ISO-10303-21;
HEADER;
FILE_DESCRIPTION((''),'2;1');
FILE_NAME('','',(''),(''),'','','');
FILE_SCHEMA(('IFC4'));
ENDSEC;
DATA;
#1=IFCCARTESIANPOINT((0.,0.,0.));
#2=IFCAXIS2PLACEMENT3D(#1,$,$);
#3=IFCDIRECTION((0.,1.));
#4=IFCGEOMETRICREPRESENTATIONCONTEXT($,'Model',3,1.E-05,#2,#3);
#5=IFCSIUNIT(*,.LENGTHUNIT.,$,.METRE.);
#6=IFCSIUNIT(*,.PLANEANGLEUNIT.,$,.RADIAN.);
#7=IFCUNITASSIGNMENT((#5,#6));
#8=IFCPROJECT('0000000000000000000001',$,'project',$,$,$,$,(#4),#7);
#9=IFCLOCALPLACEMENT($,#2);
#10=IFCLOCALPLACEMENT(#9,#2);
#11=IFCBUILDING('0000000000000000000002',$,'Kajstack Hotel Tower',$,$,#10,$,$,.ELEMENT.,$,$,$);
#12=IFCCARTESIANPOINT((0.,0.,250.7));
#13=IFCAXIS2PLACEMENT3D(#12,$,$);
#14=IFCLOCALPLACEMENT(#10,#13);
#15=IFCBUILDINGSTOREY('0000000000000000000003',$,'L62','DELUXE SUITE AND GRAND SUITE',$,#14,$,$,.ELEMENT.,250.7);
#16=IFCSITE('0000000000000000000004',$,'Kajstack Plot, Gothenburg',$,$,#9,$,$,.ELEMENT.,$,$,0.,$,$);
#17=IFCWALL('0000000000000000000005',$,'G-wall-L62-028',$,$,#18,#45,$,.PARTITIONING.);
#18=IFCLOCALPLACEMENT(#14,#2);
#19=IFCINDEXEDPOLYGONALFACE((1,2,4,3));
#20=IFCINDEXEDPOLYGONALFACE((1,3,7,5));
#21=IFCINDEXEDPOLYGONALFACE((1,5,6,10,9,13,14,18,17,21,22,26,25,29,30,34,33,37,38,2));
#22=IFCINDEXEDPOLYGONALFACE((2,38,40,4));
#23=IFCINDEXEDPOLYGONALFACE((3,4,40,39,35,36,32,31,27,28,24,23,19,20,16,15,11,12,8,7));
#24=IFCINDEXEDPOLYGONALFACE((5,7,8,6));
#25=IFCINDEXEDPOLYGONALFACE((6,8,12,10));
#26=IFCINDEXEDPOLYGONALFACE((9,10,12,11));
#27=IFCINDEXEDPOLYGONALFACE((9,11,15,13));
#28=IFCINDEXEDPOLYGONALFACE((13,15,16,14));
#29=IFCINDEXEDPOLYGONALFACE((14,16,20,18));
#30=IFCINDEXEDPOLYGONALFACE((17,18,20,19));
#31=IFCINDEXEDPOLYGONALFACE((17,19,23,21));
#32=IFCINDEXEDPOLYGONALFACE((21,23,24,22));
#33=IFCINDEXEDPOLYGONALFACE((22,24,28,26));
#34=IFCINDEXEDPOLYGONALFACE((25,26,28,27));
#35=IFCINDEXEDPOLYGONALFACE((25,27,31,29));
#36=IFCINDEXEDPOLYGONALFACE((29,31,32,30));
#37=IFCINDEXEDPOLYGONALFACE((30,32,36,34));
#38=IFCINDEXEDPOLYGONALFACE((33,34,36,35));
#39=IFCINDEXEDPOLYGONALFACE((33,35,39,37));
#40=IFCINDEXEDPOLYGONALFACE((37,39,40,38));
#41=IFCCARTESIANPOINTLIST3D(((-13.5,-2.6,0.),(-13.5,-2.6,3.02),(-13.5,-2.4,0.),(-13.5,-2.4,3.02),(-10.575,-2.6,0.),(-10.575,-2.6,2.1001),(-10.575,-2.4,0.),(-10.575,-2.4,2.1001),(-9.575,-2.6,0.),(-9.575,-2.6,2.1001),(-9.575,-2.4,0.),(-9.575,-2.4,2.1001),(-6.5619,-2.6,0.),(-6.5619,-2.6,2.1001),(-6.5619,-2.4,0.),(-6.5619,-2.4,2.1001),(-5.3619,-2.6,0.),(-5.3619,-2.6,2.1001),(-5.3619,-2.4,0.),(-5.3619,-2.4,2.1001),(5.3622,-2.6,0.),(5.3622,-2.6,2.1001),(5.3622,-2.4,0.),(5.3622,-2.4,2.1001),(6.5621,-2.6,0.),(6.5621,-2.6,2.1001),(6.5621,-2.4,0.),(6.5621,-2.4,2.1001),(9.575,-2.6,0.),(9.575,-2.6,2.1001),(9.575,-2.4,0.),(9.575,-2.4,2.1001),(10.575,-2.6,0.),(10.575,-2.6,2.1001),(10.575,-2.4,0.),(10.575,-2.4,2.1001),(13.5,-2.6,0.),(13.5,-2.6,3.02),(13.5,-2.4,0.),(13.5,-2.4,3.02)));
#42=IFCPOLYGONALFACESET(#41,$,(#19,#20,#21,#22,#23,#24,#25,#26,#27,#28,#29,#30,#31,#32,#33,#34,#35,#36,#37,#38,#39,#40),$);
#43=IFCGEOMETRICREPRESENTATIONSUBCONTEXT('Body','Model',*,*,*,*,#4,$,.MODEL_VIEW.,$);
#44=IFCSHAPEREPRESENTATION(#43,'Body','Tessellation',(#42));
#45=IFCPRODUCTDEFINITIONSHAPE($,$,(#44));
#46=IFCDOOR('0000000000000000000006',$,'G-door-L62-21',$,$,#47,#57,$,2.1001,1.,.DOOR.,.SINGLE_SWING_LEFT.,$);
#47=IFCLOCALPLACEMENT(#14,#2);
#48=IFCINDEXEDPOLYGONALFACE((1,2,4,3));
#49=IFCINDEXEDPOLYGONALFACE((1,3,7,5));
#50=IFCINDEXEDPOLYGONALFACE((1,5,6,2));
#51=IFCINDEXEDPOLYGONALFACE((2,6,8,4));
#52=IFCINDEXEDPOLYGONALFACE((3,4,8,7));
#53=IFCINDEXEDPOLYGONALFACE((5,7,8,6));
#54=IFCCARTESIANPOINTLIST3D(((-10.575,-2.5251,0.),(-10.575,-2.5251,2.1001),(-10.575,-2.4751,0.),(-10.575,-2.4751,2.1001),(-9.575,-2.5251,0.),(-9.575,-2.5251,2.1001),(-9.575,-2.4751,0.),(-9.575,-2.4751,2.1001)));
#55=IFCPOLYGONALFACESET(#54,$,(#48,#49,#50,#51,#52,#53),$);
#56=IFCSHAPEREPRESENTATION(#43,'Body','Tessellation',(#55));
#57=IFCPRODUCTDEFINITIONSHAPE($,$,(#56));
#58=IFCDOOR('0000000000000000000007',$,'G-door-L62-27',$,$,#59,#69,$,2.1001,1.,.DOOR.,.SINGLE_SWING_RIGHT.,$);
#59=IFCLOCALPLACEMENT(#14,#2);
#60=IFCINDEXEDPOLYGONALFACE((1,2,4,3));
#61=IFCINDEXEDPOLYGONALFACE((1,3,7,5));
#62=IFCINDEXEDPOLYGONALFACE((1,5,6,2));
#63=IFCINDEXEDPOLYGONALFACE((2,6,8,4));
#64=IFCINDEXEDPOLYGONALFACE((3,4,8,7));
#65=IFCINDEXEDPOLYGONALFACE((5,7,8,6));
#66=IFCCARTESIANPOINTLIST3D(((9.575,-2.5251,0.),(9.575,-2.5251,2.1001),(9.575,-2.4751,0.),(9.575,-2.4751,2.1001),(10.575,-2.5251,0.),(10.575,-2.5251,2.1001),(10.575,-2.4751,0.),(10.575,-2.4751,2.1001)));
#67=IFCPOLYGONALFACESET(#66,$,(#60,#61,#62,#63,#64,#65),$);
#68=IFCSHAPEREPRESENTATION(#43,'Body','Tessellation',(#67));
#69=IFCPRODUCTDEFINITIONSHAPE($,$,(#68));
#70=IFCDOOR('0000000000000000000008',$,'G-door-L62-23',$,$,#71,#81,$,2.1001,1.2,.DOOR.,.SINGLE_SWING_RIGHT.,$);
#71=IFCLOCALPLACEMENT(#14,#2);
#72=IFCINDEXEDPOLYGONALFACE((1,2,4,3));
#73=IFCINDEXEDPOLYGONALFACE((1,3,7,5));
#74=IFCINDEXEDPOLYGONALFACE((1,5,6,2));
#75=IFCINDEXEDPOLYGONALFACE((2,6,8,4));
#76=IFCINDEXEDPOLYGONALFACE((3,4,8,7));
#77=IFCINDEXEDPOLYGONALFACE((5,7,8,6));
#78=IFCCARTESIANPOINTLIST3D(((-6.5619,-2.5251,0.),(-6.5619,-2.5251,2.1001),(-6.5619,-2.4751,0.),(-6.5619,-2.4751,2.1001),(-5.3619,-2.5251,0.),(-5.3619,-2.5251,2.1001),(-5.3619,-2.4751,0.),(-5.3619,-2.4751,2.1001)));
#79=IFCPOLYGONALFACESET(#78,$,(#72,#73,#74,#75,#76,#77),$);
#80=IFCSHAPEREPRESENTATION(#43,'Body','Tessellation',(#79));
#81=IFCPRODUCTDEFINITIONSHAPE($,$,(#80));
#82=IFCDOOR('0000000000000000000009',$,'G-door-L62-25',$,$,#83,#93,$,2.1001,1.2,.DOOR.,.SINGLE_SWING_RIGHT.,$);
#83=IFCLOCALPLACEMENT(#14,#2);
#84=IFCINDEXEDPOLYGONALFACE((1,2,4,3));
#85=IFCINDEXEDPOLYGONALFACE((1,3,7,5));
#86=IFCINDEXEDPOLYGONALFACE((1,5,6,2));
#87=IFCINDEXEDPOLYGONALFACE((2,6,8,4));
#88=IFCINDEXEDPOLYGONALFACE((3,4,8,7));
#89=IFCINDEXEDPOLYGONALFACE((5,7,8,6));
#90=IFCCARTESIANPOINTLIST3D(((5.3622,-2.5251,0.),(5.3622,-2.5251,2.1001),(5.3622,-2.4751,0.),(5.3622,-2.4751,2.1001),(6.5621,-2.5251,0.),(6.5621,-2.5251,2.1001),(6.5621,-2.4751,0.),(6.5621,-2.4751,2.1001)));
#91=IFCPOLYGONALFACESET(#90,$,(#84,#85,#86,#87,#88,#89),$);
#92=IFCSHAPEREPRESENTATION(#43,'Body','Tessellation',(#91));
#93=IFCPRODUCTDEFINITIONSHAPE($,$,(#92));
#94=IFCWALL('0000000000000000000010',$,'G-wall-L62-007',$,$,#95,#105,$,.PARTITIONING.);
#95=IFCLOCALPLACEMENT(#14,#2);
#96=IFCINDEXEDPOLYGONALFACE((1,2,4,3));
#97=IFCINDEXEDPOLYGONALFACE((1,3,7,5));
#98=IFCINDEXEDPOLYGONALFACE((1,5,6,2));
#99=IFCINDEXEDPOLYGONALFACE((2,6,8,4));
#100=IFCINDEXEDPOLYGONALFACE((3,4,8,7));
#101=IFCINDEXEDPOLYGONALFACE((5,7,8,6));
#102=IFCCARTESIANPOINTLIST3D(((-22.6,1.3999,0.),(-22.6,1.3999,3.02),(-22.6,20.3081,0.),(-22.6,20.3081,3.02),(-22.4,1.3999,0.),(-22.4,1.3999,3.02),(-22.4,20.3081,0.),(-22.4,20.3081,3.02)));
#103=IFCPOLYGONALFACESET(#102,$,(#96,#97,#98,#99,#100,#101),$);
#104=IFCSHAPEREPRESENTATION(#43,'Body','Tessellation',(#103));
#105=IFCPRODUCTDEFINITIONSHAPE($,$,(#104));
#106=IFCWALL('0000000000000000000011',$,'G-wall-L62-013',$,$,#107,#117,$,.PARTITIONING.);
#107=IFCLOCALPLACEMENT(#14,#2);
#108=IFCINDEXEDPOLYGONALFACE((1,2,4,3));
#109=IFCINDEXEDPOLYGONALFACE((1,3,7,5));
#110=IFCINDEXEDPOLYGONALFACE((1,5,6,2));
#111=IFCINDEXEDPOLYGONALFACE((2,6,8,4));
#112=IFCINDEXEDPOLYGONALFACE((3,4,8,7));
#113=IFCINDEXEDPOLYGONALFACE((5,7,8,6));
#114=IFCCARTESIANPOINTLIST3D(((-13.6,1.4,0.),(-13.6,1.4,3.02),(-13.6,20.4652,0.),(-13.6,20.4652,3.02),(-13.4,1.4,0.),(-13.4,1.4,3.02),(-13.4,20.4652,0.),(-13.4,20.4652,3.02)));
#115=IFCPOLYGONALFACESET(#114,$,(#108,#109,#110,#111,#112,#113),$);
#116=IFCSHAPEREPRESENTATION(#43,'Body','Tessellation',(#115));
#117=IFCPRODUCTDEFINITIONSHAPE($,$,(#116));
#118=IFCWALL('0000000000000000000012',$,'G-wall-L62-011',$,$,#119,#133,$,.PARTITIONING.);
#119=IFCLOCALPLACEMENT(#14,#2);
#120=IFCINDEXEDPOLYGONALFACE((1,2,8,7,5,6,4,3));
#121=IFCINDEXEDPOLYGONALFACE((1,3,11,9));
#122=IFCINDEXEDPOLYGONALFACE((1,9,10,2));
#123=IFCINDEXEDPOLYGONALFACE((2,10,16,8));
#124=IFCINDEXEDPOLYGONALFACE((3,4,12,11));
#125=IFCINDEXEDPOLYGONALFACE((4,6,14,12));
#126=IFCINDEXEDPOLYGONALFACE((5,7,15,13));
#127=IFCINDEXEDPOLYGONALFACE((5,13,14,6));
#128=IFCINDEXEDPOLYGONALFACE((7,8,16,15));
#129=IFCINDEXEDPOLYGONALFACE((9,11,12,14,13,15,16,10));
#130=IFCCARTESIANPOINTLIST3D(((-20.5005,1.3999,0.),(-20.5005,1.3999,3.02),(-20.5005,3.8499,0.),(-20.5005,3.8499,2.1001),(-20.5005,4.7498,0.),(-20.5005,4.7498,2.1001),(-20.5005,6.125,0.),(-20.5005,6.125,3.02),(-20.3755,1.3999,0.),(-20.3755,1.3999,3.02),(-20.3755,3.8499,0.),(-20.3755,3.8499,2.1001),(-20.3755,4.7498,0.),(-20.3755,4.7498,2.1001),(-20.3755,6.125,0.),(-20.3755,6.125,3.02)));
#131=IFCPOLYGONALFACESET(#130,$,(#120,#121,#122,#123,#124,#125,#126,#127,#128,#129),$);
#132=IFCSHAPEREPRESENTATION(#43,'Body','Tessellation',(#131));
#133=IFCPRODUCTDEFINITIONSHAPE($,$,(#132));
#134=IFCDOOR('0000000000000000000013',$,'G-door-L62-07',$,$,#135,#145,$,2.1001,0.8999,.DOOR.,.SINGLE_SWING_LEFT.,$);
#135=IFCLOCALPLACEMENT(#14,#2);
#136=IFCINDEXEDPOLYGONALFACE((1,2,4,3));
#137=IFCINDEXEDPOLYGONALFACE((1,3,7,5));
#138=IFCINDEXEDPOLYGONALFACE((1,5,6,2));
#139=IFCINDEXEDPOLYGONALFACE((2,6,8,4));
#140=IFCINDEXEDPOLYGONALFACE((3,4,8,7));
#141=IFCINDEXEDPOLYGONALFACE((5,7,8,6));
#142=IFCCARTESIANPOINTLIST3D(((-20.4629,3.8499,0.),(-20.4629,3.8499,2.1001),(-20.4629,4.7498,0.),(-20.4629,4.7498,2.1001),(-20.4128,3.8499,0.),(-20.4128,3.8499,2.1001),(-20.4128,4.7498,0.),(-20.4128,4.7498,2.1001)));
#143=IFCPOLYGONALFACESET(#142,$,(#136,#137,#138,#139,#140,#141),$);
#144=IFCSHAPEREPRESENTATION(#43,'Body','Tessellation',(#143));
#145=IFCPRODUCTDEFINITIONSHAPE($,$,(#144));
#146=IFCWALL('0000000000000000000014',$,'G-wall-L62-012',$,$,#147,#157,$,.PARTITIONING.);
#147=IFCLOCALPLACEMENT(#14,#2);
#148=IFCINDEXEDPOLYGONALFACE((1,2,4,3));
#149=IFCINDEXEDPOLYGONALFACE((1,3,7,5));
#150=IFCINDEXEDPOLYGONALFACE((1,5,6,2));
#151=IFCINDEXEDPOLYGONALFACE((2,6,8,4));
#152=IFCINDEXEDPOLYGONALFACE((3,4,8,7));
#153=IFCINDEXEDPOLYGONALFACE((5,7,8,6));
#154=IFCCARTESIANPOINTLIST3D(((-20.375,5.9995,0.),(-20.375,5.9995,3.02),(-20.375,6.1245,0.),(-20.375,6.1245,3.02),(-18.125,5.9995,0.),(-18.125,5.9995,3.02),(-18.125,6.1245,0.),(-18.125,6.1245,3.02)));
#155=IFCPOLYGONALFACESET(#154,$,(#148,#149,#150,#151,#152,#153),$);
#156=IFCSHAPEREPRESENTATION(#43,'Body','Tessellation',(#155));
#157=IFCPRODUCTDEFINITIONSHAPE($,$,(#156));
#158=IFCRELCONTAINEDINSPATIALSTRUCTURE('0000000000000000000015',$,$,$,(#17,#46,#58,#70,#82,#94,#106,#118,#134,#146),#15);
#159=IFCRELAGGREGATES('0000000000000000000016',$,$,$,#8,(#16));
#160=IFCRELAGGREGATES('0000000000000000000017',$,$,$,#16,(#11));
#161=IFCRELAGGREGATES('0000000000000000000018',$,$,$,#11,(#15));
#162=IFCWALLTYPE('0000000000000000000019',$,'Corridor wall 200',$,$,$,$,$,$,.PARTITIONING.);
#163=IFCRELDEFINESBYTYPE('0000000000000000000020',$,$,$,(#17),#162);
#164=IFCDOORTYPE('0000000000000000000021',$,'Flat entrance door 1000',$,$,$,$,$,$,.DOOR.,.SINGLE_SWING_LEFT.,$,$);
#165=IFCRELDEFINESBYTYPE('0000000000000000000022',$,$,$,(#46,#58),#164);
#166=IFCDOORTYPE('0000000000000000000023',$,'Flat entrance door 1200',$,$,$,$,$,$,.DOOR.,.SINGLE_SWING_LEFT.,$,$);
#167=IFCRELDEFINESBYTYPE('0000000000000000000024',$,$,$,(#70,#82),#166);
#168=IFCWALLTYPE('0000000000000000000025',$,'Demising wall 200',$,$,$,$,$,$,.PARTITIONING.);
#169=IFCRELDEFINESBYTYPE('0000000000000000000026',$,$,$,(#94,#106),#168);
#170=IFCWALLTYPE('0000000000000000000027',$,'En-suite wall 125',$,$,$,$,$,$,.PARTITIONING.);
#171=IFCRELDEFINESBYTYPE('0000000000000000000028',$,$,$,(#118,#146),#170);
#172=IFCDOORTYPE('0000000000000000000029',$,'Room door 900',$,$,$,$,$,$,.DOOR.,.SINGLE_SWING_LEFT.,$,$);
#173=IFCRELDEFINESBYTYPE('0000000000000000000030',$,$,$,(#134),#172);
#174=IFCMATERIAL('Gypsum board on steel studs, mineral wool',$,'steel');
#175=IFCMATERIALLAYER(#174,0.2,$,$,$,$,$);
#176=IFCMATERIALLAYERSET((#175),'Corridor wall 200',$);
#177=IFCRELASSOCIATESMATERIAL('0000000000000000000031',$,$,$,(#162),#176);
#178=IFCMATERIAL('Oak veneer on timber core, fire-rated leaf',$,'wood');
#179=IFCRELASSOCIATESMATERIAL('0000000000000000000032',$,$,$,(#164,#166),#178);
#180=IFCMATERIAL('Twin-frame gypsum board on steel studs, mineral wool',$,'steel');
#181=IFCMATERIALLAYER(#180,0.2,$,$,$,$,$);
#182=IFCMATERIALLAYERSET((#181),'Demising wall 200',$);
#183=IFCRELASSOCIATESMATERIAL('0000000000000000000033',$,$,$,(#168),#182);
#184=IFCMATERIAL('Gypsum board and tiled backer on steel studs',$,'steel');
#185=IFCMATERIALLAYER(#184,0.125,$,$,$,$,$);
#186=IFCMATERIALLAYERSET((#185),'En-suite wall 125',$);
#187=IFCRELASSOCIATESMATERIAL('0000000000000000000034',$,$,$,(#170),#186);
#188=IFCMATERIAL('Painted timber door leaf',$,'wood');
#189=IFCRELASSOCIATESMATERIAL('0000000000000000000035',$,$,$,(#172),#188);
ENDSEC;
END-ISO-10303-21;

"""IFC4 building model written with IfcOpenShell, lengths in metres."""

from ifc_helpers import new_model, si_unit, direction, frame, frame_2d, origin, place, context, subcontext, project, spatial, rectangle, extrude, material, layer, layer_set, type_object, element, fill, save


model = new_model("IFC4")

# Units and contexts
model_context = context("Model", 3, precision=1e-05, world=origin(), true_north=direction((0.0, 1.0)))
body_context = subcontext(model_context, "Body", "Model", "MODEL_VIEW")
ifc_project = project(units=[si_unit("LENGTHUNIT", "METRE"), si_unit("PLANEANGLEUNIT", "RADIAN")], contexts=[model_context])

# Site, building, storey
site_placement = place(None, origin())
site = spatial("IfcSite", under=ifc_project, at=site_placement, Name="Kajstack Plot, Gothenburg", CompositionType="ELEMENT", RefElevation=0.0)
building_placement = place(site_placement, origin())
building = spatial("IfcBuilding", under=site, at=building_placement, Name="Kajstack Hotel Tower", CompositionType="ELEMENT")
storey_placement = place(building_placement, frame((0.0, 0.0, 250.7)))
storey = spatial("IfcBuildingStorey", under=building, at=storey_placement, Name="L62", Description="DELUXE SUITE AND GRAND SUITE", CompositionType="ELEMENT", Elevation=250.7)

# Wall, openings, doors
ifc_material_1 = material(Name="Gypsum board on steel studs, mineral wool", Category="steel")
ifc_layer_1 = layer(ifc_material_1, 0.2)
ifc_layer_set_1 = layer_set([ifc_layer_1], Name="Corridor wall 200")
wall_type_1 = type_object("IfcWallType", Name="Corridor wall 200", PredefinedType="PARTITIONING", material=ifc_layer_set_1)
ifc_material_2 = material(Name="Oak veneer on timber core, fire-rated leaf", Category="wood")
door_type_1 = type_object("IfcDoorType", Name="Flat entrance door 1000", OperationType="SINGLE_SWING_LEFT", PredefinedType="DOOR", material=ifc_material_2)
door_type_2 = type_object("IfcDoorType", Name="Flat entrance door 1200", OperationType="SINGLE_SWING_LEFT", PredefinedType="DOOR", material=ifc_material_2)
wall_1_placement = place(storey_placement, frame((-13.5, -2.5, 0.0), z_axis=(0.0, 0.0, 1.0), x_axis=(1.0, 0.0, 0.0)))
wall_1 = element("IfcWall", 1, at=wall_1_placement, inside=storey, type_object=wall_type_1, Name="G-wall-L62-028", PredefinedType="PARTITIONING", context=body_context, shape_type="SweptSolid", body=[
    extrude(rectangle(XDim=27.0, YDim=0.2, at=frame_2d((13.5, 0.0))), origin(), (0.0, 0.0, 1.0), 3.02),
])
opening_1_placement = place(wall_1_placement, frame((2.925, 0.0, 0.0)))
opening_1 = element("IfcOpeningElement", 2, at=opening_1_placement, cuts=wall_1, PredefinedType="OPENING", context=body_context, shape_type="SweptSolid", body=[
    extrude(rectangle(XDim=1.0, YDim=2.1001, at=frame_2d((0.5, 1.05))), frame((0.0, 0.1099, 0.0), z_axis=(0.0, -1.0, 0.0), x_axis=(1.0, 0.0, 0.0)), (0.0, 0.0, 1.0), 0.22),
])
opening_2_placement = place(wall_1_placement, frame((6.938, 0.0, 0.0)))
opening_2 = element("IfcOpeningElement", 3, at=opening_2_placement, cuts=wall_1, PredefinedType="OPENING", context=body_context, shape_type="SweptSolid", body=[
    extrude(rectangle(XDim=1.2, YDim=2.1001, at=frame_2d((0.6001, 1.05))), frame((0.0, 0.1099, 0.0), z_axis=(0.0, -1.0, 0.0), x_axis=(1.0, 0.0, 0.0)), (0.0, 0.0, 1.0), 0.22),
])
opening_3_placement = place(wall_1_placement, frame((18.8621, 0.0, 0.0)))
opening_3 = element("IfcOpeningElement", 4, at=opening_3_placement, cuts=wall_1, PredefinedType="OPENING", context=body_context, shape_type="SweptSolid", body=[
    extrude(rectangle(XDim=1.2, YDim=2.1001, at=frame_2d((0.6001, 1.05))), frame((0.0, 0.1099, 0.0), z_axis=(0.0, -1.0, 0.0), x_axis=(1.0, 0.0, 0.0)), (0.0, 0.0, 1.0), 0.22),
])
opening_4_placement = place(wall_1_placement, frame((23.075, 0.0, 0.0)))
opening_4 = element("IfcOpeningElement", 5, at=opening_4_placement, cuts=wall_1, PredefinedType="OPENING", context=body_context, shape_type="SweptSolid", body=[
    extrude(rectangle(XDim=1.0, YDim=2.1001, at=frame_2d((0.5, 1.05))), frame((0.0, 0.1099, 0.0), z_axis=(0.0, -1.0, 0.0), x_axis=(1.0, 0.0, 0.0)), (0.0, 0.0, 1.0), 0.22),
])
door_1_placement = place(opening_1_placement, origin())
door_1 = element("IfcDoor", 6, at=door_1_placement, inside=storey, type_object=door_type_1, Name="G-door-L62-21", OperationType="SINGLE_SWING_LEFT", OverallHeight=2.1001, OverallWidth=1.0, PredefinedType="DOOR", context=body_context, shape_type="SweptSolid", body=[
    extrude(rectangle(XDim=1.0, YDim=2.1001, at=frame_2d((0.5, 1.05))), frame((0.0, 0.0249, 0.0), z_axis=(0.0, -1.0, 0.0), x_axis=(1.0, 0.0, 0.0)), (0.0, 0.0, 1.0), 0.05),
])
fill(opening_1, door_1)
door_2_placement = place(opening_4_placement, origin())
door_2 = element("IfcDoor", 7, at=door_2_placement, inside=storey, type_object=door_type_1, Name="G-door-L62-27", OperationType="SINGLE_SWING_RIGHT", OverallHeight=2.1001, OverallWidth=1.0, PredefinedType="DOOR", context=body_context, shape_type="SweptSolid", body=[
    extrude(rectangle(XDim=1.0, YDim=2.1001, at=frame_2d((0.5, 1.05))), frame((0.0, 0.0249, 0.0), z_axis=(0.0, -1.0, 0.0), x_axis=(1.0, 0.0, 0.0)), (0.0, 0.0, 1.0), 0.05),
])
fill(opening_4, door_2)
door_3_placement = place(opening_2_placement, origin())
door_3 = element("IfcDoor", 8, at=door_3_placement, inside=storey, type_object=door_type_2, Name="G-door-L62-23", OperationType="SINGLE_SWING_RIGHT", OverallHeight=2.1001, OverallWidth=1.2, PredefinedType="DOOR", context=body_context, shape_type="SweptSolid", body=[
    extrude(rectangle(XDim=1.2, YDim=2.1001, at=frame_2d((0.6001, 1.05))), frame((0.0, 0.0249, 0.0), z_axis=(0.0, -1.0, 0.0), x_axis=(1.0, 0.0, 0.0)), (0.0, 0.0, 1.0), 0.05),
])
fill(opening_2, door_3)
door_4_placement = place(opening_3_placement, origin())
door_4 = element("IfcDoor", 9, at=door_4_placement, inside=storey, type_object=door_type_2, Name="G-door-L62-25", OperationType="SINGLE_SWING_RIGHT", OverallHeight=2.1001, OverallWidth=1.2, PredefinedType="DOOR", context=body_context, shape_type="SweptSolid", body=[
    extrude(rectangle(XDim=1.2, YDim=2.1001, at=frame_2d((0.6001, 1.05))), frame((0.0, 0.0249, 0.0), z_axis=(0.0, -1.0, 0.0), x_axis=(1.0, 0.0, 0.0)), (0.0, 0.0, 1.0), 0.05),
])
fill(opening_3, door_4)

# Walls
ifc_material_3 = material(Name="Twin-frame gypsum board on steel studs, mineral wool", Category="steel")
ifc_layer_2 = layer(ifc_material_3, 0.2)
ifc_layer_set_2 = layer_set([ifc_layer_2], Name="Demising wall 200")
wall_type_2 = type_object("IfcWallType", Name="Demising wall 200", PredefinedType="PARTITIONING", material=ifc_layer_set_2)
wall_2_placement = place(storey_placement, frame((-22.5, 1.3999, 0.0), z_axis=(0.0, 0.0, 1.0), x_axis=(0.0, 1.0, 0.0)))
element("IfcWall", 10, at=wall_2_placement, inside=storey, type_object=wall_type_2, Name="G-wall-L62-007", PredefinedType="PARTITIONING", context=body_context, shape_type="SweptSolid", body=[
    extrude(rectangle(XDim=18.9082, YDim=0.2, at=frame_2d((9.4541, 0.0))), origin(), (0.0, 0.0, 1.0), 3.02),
])
wall_3_placement = place(storey_placement, frame((-13.5, 1.3999, 0.0), z_axis=(0.0, 0.0, 1.0), x_axis=(0.0, 1.0, 0.0)))
element("IfcWall", 11, at=wall_3_placement, inside=storey, type_object=wall_type_2, Name="G-wall-L62-013", PredefinedType="PARTITIONING", context=body_context, shape_type="SweptSolid", body=[
    extrude(rectangle(XDim=19.0652, YDim=0.2, at=frame_2d((9.5327, 0.0))), origin(), (0.0, 0.0, 1.0), 3.02),
])

# Wall, opening, door
ifc_material_4 = material(Name="Gypsum board and tiled backer on steel studs", Category="steel")
ifc_layer_3 = layer(ifc_material_4, 0.125)
ifc_layer_set_3 = layer_set([ifc_layer_3], Name="En-suite wall 125")
wall_type_3 = type_object("IfcWallType", Name="En-suite wall 125", PredefinedType="PARTITIONING", material=ifc_layer_set_3)
wall_4_placement = place(storey_placement, frame((-20.438, 1.3999, 0.0), z_axis=(0.0, 0.0, 1.0), x_axis=(0.0, 1.0, 0.0)))
wall_4 = element("IfcWall", 12, at=wall_4_placement, inside=storey, type_object=wall_type_3, Name="G-wall-L62-011", PredefinedType="PARTITIONING", context=body_context, shape_type="SweptSolid", body=[
    extrude(rectangle(XDim=4.7251, YDim=0.125, at=frame_2d((2.3625, 0.0))), origin(), (0.0, 0.0, 1.0), 3.02),
])
opening_5_placement = place(wall_4_placement, frame((2.45, 0.0, 0.0)))
opening_5 = element("IfcOpeningElement", 13, at=opening_5_placement, cuts=wall_4, PredefinedType="OPENING", context=body_context, shape_type="SweptSolid", body=[
    extrude(rectangle(XDim=0.8999, YDim=2.1001, at=frame_2d((0.45, 1.05))), frame((0.0, 0.0725, 0.0), z_axis=(0.0, -1.0, 0.0), x_axis=(1.0, 0.0, 0.0)), (0.0, 0.0, 1.0), 0.145),
])
ifc_material_5 = material(Name="Painted timber door leaf", Category="wood")
door_type_3 = type_object("IfcDoorType", Name="Room door 900", OperationType="SINGLE_SWING_LEFT", PredefinedType="DOOR", material=ifc_material_5)
door_5_placement = place(opening_5_placement, origin())
door_5 = element("IfcDoor", 14, at=door_5_placement, inside=storey, type_object=door_type_3, Name="G-door-L62-07", OperationType="SINGLE_SWING_LEFT", OverallHeight=2.1001, OverallWidth=0.8999, PredefinedType="DOOR", context=body_context, shape_type="SweptSolid", body=[
    extrude(rectangle(XDim=0.8999, YDim=2.1001, at=frame_2d((0.45, 1.05))), frame((0.0, 0.0249, 0.0), z_axis=(0.0, -1.0, 0.0), x_axis=(1.0, 0.0, 0.0)), (0.0, 0.0, 1.0), 0.05),
])
fill(opening_5, door_5)

# Wall
wall_5_placement = place(storey_placement, frame((-20.375, 6.062, 0.0), z_axis=(0.0, 0.0, 1.0), x_axis=(1.0, 0.0, 0.0)))
element("IfcWall", 15, at=wall_5_placement, inside=storey, type_object=wall_type_3, Name="G-wall-L62-012", PredefinedType="PARTITIONING", context=body_context, shape_type="SweptSolid", body=[
    extrude(rectangle(XDim=2.25, YDim=0.125, at=frame_2d((1.125, 0.0))), origin(), (0.0, 0.0, 1.0), 3.02),
])

save(model, "model.ifc")
